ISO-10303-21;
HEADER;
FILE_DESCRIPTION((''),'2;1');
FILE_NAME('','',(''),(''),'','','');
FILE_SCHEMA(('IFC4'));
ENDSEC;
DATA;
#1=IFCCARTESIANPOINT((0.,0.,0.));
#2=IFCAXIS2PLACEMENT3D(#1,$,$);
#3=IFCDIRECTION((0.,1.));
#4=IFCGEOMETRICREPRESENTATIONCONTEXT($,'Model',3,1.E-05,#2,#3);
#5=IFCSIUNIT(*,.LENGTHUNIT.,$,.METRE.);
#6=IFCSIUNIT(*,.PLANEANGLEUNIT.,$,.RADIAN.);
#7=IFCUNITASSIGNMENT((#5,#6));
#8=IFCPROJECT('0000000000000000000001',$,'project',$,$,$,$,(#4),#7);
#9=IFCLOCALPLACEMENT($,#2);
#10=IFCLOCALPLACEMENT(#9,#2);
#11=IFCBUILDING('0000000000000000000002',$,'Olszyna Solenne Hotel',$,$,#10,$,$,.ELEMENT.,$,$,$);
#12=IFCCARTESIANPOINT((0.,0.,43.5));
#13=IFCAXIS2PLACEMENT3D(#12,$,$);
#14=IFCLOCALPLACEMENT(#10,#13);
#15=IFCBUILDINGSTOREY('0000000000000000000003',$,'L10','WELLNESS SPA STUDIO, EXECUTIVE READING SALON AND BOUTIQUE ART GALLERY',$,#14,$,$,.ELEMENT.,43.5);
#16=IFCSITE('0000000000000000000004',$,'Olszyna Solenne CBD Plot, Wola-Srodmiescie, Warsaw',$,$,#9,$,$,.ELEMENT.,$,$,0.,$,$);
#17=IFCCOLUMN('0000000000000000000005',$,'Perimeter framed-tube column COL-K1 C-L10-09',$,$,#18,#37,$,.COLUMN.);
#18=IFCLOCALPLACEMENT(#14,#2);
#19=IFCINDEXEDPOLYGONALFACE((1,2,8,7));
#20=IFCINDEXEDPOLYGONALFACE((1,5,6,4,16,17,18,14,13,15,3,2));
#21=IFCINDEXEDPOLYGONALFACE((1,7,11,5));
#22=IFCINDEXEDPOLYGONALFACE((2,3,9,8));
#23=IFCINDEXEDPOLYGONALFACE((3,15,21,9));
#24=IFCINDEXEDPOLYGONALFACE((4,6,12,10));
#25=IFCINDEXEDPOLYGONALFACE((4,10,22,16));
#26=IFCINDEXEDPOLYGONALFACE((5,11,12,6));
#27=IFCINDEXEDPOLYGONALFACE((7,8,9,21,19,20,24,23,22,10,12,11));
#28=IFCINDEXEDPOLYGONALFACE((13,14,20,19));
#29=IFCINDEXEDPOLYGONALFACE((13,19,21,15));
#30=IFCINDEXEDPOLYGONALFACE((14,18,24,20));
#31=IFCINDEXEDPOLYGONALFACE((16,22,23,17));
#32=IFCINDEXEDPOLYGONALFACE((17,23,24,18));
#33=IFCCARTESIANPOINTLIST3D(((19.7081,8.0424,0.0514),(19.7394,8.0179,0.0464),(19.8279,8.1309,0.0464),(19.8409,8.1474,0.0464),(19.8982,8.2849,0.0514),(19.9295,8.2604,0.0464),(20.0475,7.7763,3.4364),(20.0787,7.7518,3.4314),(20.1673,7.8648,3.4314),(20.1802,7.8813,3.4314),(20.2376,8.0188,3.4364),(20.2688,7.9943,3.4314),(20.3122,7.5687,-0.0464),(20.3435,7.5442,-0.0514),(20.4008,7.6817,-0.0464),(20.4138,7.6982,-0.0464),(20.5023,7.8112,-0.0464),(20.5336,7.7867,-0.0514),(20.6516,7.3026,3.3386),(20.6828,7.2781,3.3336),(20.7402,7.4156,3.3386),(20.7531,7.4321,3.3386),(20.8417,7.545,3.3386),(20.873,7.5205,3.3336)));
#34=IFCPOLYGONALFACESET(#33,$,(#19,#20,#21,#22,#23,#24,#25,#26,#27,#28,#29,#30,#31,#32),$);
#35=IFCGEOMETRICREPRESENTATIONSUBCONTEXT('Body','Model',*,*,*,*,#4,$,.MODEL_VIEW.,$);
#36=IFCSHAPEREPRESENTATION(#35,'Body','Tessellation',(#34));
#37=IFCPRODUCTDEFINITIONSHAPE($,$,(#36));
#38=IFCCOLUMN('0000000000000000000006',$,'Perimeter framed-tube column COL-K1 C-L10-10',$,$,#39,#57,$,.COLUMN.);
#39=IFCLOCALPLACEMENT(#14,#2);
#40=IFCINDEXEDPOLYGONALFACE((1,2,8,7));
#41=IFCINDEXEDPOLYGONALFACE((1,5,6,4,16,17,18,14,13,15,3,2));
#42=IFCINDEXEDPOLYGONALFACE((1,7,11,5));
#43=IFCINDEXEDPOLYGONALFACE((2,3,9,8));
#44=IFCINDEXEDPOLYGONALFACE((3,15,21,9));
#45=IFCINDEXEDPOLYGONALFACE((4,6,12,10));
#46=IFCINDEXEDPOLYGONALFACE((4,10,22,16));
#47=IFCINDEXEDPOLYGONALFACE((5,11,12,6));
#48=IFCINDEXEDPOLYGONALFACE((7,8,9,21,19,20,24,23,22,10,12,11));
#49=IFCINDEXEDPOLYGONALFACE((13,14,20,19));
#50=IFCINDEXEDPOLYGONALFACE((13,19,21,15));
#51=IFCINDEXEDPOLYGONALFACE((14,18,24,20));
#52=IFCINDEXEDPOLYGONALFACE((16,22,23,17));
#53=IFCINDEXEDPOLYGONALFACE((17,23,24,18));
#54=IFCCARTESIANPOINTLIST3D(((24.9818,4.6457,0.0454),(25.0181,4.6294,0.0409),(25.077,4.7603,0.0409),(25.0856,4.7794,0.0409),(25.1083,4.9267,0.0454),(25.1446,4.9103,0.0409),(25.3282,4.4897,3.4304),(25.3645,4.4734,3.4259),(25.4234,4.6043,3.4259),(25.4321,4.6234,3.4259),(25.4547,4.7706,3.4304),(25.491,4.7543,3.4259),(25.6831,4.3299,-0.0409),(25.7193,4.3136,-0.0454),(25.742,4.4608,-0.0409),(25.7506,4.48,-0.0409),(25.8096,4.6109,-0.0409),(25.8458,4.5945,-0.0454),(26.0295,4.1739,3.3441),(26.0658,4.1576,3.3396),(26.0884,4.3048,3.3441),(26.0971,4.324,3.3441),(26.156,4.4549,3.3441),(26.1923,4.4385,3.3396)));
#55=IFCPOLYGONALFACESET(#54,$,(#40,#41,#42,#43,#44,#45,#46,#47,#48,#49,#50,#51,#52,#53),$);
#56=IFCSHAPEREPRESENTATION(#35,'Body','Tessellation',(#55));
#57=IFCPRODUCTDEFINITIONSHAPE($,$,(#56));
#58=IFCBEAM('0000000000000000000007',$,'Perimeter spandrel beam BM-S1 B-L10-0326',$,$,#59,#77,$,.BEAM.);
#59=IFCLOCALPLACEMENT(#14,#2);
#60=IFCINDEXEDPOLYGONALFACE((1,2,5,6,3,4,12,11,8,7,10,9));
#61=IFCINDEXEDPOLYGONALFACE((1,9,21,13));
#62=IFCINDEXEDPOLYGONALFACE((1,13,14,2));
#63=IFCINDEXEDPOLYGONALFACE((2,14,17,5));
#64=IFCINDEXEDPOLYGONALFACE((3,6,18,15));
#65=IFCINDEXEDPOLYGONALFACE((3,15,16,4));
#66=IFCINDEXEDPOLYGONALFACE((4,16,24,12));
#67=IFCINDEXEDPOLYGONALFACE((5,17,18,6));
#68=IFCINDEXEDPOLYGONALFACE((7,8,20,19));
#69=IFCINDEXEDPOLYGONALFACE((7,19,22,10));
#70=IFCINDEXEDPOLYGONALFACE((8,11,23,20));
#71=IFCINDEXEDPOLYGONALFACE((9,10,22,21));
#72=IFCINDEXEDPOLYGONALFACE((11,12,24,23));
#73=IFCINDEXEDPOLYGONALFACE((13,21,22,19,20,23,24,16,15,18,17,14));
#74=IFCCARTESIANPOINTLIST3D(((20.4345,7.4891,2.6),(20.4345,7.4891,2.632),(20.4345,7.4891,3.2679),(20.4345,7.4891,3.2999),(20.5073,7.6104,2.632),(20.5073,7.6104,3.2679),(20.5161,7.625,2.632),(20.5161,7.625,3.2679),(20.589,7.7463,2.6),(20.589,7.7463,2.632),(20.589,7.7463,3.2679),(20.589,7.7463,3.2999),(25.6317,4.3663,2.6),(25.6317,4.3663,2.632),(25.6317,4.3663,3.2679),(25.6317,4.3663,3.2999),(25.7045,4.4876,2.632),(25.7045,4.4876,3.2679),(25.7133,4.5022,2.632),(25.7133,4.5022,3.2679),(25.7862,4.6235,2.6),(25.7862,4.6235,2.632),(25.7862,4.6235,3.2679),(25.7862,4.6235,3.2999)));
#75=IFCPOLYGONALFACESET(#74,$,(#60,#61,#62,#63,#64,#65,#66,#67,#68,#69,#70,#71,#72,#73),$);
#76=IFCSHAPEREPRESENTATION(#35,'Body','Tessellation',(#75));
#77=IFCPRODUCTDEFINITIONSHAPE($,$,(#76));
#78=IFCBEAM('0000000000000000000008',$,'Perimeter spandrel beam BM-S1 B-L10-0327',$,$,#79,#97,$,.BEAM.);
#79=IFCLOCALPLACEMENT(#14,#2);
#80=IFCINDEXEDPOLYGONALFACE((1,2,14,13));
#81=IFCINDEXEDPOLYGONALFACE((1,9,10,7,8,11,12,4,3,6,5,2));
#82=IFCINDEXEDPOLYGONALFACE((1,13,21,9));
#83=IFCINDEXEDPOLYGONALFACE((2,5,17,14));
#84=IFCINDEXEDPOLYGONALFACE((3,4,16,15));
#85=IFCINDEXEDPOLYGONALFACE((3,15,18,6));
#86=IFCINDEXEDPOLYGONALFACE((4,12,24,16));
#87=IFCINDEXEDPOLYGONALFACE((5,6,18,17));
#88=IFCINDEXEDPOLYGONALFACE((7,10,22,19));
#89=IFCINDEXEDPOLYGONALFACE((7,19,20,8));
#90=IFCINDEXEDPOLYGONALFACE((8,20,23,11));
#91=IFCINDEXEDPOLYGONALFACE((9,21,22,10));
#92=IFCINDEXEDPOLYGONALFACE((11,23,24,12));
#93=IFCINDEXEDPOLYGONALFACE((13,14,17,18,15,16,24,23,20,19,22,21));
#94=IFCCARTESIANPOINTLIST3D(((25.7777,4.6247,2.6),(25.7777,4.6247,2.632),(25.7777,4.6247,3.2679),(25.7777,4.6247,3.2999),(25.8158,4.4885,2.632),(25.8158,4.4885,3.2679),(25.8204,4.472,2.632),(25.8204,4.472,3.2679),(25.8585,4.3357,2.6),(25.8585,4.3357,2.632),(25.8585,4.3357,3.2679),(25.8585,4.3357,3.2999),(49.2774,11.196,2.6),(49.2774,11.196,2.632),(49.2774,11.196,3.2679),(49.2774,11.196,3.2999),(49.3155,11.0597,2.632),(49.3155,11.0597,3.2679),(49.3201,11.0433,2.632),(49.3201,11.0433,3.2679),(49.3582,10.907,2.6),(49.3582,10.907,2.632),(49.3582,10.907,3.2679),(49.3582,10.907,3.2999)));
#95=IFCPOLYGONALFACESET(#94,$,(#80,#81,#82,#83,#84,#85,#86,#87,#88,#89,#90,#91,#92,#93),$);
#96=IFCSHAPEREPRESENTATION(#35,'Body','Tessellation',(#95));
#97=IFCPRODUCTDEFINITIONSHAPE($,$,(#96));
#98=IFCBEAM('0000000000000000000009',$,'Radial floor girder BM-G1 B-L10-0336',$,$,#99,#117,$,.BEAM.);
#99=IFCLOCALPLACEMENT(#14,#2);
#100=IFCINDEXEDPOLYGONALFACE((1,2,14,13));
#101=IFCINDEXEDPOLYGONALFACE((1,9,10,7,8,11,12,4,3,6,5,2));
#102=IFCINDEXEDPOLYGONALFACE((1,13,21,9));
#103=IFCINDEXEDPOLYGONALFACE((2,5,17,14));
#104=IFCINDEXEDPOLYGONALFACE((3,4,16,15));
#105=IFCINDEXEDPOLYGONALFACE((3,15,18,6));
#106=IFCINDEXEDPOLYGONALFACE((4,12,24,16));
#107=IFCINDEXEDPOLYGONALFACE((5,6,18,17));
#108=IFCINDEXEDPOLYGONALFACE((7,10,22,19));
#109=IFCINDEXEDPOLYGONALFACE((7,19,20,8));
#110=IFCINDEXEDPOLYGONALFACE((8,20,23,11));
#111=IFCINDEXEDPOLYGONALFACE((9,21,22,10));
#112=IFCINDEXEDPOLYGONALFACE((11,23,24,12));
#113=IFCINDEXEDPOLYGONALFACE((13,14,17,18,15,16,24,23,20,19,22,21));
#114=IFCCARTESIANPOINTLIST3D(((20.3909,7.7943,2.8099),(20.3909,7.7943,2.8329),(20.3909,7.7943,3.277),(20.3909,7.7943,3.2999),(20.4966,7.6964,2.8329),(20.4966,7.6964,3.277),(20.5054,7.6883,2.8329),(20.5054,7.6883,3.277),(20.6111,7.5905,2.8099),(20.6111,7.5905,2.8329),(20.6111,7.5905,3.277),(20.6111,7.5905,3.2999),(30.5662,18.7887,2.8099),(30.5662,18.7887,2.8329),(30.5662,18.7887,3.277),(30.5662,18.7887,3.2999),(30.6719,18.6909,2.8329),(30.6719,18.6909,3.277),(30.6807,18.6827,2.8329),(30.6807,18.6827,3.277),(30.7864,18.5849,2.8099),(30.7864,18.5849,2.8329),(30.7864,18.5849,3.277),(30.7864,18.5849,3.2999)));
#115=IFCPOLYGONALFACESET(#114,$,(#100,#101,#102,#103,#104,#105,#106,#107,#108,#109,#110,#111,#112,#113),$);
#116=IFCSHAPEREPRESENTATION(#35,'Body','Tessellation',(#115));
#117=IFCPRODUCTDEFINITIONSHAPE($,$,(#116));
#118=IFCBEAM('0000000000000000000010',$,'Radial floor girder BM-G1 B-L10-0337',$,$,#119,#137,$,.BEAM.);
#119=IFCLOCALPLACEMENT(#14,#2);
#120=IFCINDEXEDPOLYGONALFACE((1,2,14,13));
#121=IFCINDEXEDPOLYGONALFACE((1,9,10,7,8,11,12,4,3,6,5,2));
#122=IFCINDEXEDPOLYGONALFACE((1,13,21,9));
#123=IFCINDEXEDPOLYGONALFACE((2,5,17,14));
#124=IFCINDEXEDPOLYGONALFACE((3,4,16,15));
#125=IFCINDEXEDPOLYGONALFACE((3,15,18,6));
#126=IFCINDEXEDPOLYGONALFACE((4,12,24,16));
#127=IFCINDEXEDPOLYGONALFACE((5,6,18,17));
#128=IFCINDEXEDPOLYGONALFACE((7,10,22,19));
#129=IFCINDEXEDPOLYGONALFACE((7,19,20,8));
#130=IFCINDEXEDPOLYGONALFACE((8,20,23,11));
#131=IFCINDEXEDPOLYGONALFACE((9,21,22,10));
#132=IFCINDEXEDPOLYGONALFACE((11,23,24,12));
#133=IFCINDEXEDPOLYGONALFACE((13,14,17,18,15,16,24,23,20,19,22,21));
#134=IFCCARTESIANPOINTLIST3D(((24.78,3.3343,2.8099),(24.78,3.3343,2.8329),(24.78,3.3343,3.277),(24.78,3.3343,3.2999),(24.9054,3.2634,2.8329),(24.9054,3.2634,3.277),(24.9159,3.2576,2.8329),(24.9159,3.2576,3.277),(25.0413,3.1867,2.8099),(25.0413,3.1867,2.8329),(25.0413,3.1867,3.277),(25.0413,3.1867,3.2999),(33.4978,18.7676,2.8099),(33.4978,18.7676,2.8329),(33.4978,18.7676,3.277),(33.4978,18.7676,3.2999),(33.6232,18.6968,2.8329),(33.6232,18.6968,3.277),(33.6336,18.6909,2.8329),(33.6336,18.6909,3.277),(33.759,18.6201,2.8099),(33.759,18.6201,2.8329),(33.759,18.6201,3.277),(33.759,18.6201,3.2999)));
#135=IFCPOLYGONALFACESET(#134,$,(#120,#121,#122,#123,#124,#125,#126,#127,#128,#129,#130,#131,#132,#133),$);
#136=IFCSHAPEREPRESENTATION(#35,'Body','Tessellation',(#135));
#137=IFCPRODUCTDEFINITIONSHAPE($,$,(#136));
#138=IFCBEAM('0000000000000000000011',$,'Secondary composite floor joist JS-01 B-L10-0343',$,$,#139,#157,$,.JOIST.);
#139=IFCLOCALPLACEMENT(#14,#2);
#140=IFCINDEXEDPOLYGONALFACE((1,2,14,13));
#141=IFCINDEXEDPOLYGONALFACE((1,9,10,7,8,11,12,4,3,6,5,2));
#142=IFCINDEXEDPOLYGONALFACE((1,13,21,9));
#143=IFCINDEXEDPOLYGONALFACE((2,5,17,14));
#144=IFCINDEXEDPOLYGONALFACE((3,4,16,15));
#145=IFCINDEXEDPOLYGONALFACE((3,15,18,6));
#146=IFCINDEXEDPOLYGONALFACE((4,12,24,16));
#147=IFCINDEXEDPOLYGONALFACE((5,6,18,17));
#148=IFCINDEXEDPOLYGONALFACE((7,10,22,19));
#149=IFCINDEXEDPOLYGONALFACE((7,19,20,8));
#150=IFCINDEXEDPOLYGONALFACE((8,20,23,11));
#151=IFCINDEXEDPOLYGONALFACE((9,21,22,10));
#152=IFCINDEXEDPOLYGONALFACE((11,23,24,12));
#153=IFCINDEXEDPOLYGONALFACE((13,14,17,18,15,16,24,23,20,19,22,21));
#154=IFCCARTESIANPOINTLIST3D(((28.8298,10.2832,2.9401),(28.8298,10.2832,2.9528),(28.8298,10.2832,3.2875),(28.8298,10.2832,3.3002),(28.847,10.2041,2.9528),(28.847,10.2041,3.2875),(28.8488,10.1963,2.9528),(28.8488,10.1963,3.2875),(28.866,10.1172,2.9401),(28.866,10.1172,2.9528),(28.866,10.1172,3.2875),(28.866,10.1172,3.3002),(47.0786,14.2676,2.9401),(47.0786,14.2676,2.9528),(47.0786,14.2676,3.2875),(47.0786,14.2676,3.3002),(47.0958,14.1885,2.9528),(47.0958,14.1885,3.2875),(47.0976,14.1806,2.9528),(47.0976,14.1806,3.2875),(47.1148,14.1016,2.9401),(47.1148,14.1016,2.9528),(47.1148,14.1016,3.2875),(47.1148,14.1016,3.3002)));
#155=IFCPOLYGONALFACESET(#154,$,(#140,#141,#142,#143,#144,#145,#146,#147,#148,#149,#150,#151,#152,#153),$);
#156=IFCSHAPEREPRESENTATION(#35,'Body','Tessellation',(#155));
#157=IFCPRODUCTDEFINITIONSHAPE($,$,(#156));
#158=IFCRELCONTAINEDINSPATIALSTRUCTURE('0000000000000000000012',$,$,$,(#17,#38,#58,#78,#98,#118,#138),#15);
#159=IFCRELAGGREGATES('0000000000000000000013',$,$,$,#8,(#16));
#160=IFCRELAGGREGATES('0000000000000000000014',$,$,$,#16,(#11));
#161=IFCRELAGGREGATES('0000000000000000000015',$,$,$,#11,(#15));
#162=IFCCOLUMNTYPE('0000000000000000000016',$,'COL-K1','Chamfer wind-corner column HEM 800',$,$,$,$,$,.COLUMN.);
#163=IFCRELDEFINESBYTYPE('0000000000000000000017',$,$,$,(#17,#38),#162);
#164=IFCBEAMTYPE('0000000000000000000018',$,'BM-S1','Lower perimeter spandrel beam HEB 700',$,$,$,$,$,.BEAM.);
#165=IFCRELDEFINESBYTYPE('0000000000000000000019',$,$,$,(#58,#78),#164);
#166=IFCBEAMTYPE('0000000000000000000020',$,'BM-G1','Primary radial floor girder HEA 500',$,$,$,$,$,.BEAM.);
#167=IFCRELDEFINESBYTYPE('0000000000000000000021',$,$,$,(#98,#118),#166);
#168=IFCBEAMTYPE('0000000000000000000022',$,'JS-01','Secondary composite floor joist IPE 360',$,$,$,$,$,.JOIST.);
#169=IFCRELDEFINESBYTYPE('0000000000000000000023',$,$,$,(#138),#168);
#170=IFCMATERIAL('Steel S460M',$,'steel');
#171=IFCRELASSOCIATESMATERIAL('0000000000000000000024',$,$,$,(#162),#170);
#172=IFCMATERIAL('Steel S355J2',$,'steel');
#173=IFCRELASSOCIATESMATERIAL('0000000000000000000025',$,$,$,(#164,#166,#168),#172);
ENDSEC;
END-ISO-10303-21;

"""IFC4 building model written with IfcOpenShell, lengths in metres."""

from ifc_helpers import new_model, si_unit, direction, frame, origin, origin_2d, place, context, subcontext, project, spatial, i_section, extrude, source, transform, mapped, material, material_profile, profile_set, type_object, element, save


model = new_model("IFC4")

# Units and contexts
model_context = context("Model", 3, precision=1e-05, world=origin(), true_north=direction((0.0, 1.0)))
body_context = subcontext(model_context, "Body", "Model", "MODEL_VIEW")
ifc_project = project(units=[si_unit("LENGTHUNIT", "METRE"), si_unit("PLANEANGLEUNIT", "RADIAN")], contexts=[model_context])

# Site, building, storey
site_placement = place(None, origin())
site = spatial("IfcSite", under=ifc_project, at=site_placement, Name="Olszyna Solenne CBD Plot, Wola-Srodmiescie, Warsaw", CompositionType="ELEMENT", RefElevation=0.0)
building_placement = place(site_placement, origin())
building = spatial("IfcBuilding", under=site, at=building_placement, Name="Olszyna Solenne Hotel", CompositionType="ELEMENT")
storey_placement = place(building_placement, frame((0.0, 0.0, 43.5)))
storey = spatial("IfcBuildingStorey", under=building, at=storey_placement, Name="L10", Description="WELLNESS SPA STUDIO, EXECUTIVE READING SALON AND BOUTIQUE ART GALLERY", CompositionType="ELEMENT", Elevation=43.5)

# Columns
ifc_material_1 = material(Name="Steel S460M", Category="steel")
ifc_material_profile_1 = material_profile(ifc_material_1, i_section(OverallWidth=0.3081, OverallDepth=0.814, WebThickness=0.021, FlangeThickness=0.04, at=origin_2d()), Name="HEM 800", Category="load-bearing")
ifc_profile_set_1 = profile_set([ifc_material_profile_1], Name="Steel S460M")
column_type = type_object("IfcColumnType", Name="COL-K1", Description="Chamfer wind-corner column HEM 800", PredefinedType="COLUMN", material=ifc_profile_set_1)
shared_shape_1 = source(origin(), body_context, "Body", "SweptSolid", [
    extrude(i_section(OverallWidth=0.3081, OverallDepth=0.814, WebThickness=0.021, FlangeThickness=0.04, at=origin_2d()), origin(), (0.0, 0.0, 1.0), 3.4124),
])
column_1_placement = place(storey_placement, frame((20.1208, 7.9146, 0.0), z_axis=(0.099449, -0.077985, 0.991982), x_axis=(0.617071, 0.786907, 0.0)))
element("IfcColumn", 1, at=column_1_placement, inside=storey, type_object=column_type, Name="Perimeter framed-tube column COL-K1 C-L10-09", PredefinedType="COLUMN", context=body_context, shape_type="MappedRepresentation", body=[
    mapped(shared_shape_1, transform((0.0, 0.0, 0.0), x_axis=(1.0, 0.0, 0.0), y_axis=(0.0, 1.0, 0.0), z_axis=(0.0, 0.0, 1.0), scale=1.0)),
])
shared_shape_2 = source(origin(), body_context, "Body", "SweptSolid", [
    extrude(i_section(OverallWidth=0.3081, OverallDepth=0.814, WebThickness=0.021, FlangeThickness=0.04, at=origin_2d()), origin(), (0.0, 0.0, 1.0), 3.4062),
])
column_2_placement = place(storey_placement, frame((25.4138, 4.6201, 0.0), z_axis=(0.101705, -0.0458, 0.99376), x_axis=(0.410605, 0.911813, 0.0)))
element("IfcColumn", 2, at=column_2_placement, inside=storey, type_object=column_type, Name="Perimeter framed-tube column COL-K1 C-L10-10", PredefinedType="COLUMN", context=body_context, shape_type="MappedRepresentation", body=[
    mapped(shared_shape_2, transform((0.0, 0.0, 0.0), x_axis=(1.0, 0.0, 0.0), y_axis=(0.0, 1.0, 0.0), z_axis=(0.0, 0.0, 1.0), scale=1.0)),
])

# Beams
ifc_material_2 = material(Name="Steel S355J2", Category="steel")
ifc_material_profile_2 = material_profile(ifc_material_2, i_section(OverallWidth=0.3, OverallDepth=0.7, WebThickness=0.0171, FlangeThickness=0.032, at=origin_2d()), Name="HEB 700", Category="load-bearing")
ifc_profile_set_2 = profile_set([ifc_material_profile_2], Name="Steel S355J2")
beam_type_1 = type_object("IfcBeamType", Name="BM-S1", Description="Lower perimeter spandrel beam HEB 700", PredefinedType="BEAM", material=ifc_profile_set_2)
shared_shape_3 = source(origin(), body_context, "Body", "SweptSolid", [
    extrude(i_section(OverallWidth=0.3, OverallDepth=0.7, WebThickness=0.0171, FlangeThickness=0.032, at=origin_2d()), origin(), (0.0, 0.0, 1.0), 6.0632),
])
beam_1_placement = place(storey_placement, frame((20.5117, 7.6177, 2.95), z_axis=(0.857169, -0.515034, 0.0), x_axis=(0.515034, 0.857169, 0.0)))
element("IfcBeam", 3, at=beam_1_placement, inside=storey, type_object=beam_type_1, Name="Perimeter spandrel beam BM-S1 B-L10-0326", PredefinedType="BEAM", context=body_context, shape_type="MappedRepresentation", body=[
    mapped(shared_shape_3, transform((0.0, 0.0, 0.0), x_axis=(1.0, 0.0, 0.0), y_axis=(0.0, 1.0, 0.0), z_axis=(0.0, 0.0, 1.0), scale=1.0)),
])
shared_shape_4 = source(origin(), body_context, "Body", "SweptSolid", [
    extrude(i_section(OverallWidth=0.3, OverallDepth=0.7, WebThickness=0.0171, FlangeThickness=0.032, at=origin_2d()), origin(), (0.0, 0.0, 1.0), 24.4011),
])
beam_2_placement = place(storey_placement, frame((25.8181, 4.4802, 2.95), z_axis=(0.963056, 0.269301, 0.0), x_axis=(-0.269301, 0.963056, 0.0)))
element("IfcBeam", 4, at=beam_2_placement, inside=storey, type_object=beam_type_1, Name="Perimeter spandrel beam BM-S1 B-L10-0327", PredefinedType="BEAM", context=body_context, shape_type="MappedRepresentation", body=[
    mapped(shared_shape_4, transform((0.0, 0.0, 0.0), x_axis=(1.0, 0.0, 0.0), y_axis=(0.0, 1.0, 0.0), z_axis=(0.0, 0.0, 1.0), scale=1.0)),
])
ifc_material_profile_3 = material_profile(ifc_material_2, i_section(OverallWidth=0.3, OverallDepth=0.49, WebThickness=0.012, FlangeThickness=0.0229, at=origin_2d()), Name="HEA 500", Category="load-bearing")
ifc_profile_set_3 = profile_set([ifc_material_profile_3], Name="Steel S355J2")
beam_type_2 = type_object("IfcBeamType", Name="BM-G1", Description="Primary radial floor girder HEA 500", PredefinedType="BEAM", material=ifc_profile_set_3)
shared_shape_5 = source(origin(), body_context, "Body", "SweptSolid", [
    extrude(i_section(OverallWidth=0.3, OverallDepth=0.49, WebThickness=0.012, FlangeThickness=0.0229, at=origin_2d()), origin(), (0.0, 0.0, 1.0), 14.9805),
])
beam_3_placement = place(storey_placement, frame((20.501, 7.6924, 3.0549), z_axis=(0.679239, 0.733917, 0.0), x_axis=(-0.733917, 0.679239, 0.0)))
element("IfcBeam", 5, at=beam_3_placement, inside=storey, type_object=beam_type_2, Name="Radial floor girder BM-G1 B-L10-0336", PredefinedType="BEAM", context=body_context, shape_type="MappedRepresentation", body=[
    mapped(shared_shape_5, transform((0.0, 0.0, 0.0), x_axis=(1.0, 0.0, 0.0), y_axis=(0.0, 1.0, 0.0), z_axis=(0.0, 0.0, 1.0), scale=1.0)),
])
shared_shape_6 = source(origin(), body_context, "Body", "SweptSolid", [
    extrude(i_section(OverallWidth=0.3, OverallDepth=0.49, WebThickness=0.012, FlangeThickness=0.0229, at=origin_2d()), origin(), (0.0, 0.0, 1.0), 17.7253),
])
beam_4_placement = place(storey_placement, frame((24.9106, 3.2605, 3.0549), z_axis=(0.491825, 0.870694, 0.0), x_axis=(-0.870694, 0.491825, 0.0)))
element("IfcBeam", 6, at=beam_4_placement, inside=storey, type_object=beam_type_2, Name="Radial floor girder BM-G1 B-L10-0337", PredefinedType="BEAM", context=body_context, shape_type="MappedRepresentation", body=[
    mapped(shared_shape_6, transform((0.0, 0.0, 0.0), x_axis=(1.0, 0.0, 0.0), y_axis=(0.0, 1.0, 0.0), z_axis=(0.0, 0.0, 1.0), scale=1.0)),
])
ifc_material_profile_4 = material_profile(ifc_material_2, i_section(OverallWidth=0.1699, OverallDepth=0.3601, WebThickness=0.0081, FlangeThickness=0.0127, at=origin_2d()), Name="IPE 360", Category="load-bearing")
ifc_profile_set_4 = profile_set([ifc_material_profile_4], Name="Steel S355J2")
beam_type_3 = type_object("IfcBeamType", Name="JS-01", Description="Secondary composite floor joist IPE 360", PredefinedType="JOIST", material=ifc_profile_set_4)
shared_shape_7 = source(origin(), body_context, "Body", "SweptSolid", [
    extrude(i_section(OverallWidth=0.1699, OverallDepth=0.3601, WebThickness=0.0081, FlangeThickness=0.0127, at=origin_2d()), origin(), (0.0, 0.0, 1.0), 18.6787),
])
beam_5_placement = place(storey_placement, frame((28.8479, 10.2002, 3.1201), z_axis=(0.976984, 0.213311, 0.0), x_axis=(-0.213311, 0.976984, 0.0)))
element("IfcBeam", 7, at=beam_5_placement, inside=storey, type_object=beam_type_3, Name="Secondary composite floor joist JS-01 B-L10-0343", PredefinedType="JOIST", context=body_context, shape_type="MappedRepresentation", body=[
    mapped(shared_shape_7, transform((0.0, 0.0, 0.0), x_axis=(1.0, 0.0, 0.0), y_axis=(0.0, 1.0, 0.0), z_axis=(0.0, 0.0, 1.0), scale=1.0)),
])

save(model, "model.ifc")
